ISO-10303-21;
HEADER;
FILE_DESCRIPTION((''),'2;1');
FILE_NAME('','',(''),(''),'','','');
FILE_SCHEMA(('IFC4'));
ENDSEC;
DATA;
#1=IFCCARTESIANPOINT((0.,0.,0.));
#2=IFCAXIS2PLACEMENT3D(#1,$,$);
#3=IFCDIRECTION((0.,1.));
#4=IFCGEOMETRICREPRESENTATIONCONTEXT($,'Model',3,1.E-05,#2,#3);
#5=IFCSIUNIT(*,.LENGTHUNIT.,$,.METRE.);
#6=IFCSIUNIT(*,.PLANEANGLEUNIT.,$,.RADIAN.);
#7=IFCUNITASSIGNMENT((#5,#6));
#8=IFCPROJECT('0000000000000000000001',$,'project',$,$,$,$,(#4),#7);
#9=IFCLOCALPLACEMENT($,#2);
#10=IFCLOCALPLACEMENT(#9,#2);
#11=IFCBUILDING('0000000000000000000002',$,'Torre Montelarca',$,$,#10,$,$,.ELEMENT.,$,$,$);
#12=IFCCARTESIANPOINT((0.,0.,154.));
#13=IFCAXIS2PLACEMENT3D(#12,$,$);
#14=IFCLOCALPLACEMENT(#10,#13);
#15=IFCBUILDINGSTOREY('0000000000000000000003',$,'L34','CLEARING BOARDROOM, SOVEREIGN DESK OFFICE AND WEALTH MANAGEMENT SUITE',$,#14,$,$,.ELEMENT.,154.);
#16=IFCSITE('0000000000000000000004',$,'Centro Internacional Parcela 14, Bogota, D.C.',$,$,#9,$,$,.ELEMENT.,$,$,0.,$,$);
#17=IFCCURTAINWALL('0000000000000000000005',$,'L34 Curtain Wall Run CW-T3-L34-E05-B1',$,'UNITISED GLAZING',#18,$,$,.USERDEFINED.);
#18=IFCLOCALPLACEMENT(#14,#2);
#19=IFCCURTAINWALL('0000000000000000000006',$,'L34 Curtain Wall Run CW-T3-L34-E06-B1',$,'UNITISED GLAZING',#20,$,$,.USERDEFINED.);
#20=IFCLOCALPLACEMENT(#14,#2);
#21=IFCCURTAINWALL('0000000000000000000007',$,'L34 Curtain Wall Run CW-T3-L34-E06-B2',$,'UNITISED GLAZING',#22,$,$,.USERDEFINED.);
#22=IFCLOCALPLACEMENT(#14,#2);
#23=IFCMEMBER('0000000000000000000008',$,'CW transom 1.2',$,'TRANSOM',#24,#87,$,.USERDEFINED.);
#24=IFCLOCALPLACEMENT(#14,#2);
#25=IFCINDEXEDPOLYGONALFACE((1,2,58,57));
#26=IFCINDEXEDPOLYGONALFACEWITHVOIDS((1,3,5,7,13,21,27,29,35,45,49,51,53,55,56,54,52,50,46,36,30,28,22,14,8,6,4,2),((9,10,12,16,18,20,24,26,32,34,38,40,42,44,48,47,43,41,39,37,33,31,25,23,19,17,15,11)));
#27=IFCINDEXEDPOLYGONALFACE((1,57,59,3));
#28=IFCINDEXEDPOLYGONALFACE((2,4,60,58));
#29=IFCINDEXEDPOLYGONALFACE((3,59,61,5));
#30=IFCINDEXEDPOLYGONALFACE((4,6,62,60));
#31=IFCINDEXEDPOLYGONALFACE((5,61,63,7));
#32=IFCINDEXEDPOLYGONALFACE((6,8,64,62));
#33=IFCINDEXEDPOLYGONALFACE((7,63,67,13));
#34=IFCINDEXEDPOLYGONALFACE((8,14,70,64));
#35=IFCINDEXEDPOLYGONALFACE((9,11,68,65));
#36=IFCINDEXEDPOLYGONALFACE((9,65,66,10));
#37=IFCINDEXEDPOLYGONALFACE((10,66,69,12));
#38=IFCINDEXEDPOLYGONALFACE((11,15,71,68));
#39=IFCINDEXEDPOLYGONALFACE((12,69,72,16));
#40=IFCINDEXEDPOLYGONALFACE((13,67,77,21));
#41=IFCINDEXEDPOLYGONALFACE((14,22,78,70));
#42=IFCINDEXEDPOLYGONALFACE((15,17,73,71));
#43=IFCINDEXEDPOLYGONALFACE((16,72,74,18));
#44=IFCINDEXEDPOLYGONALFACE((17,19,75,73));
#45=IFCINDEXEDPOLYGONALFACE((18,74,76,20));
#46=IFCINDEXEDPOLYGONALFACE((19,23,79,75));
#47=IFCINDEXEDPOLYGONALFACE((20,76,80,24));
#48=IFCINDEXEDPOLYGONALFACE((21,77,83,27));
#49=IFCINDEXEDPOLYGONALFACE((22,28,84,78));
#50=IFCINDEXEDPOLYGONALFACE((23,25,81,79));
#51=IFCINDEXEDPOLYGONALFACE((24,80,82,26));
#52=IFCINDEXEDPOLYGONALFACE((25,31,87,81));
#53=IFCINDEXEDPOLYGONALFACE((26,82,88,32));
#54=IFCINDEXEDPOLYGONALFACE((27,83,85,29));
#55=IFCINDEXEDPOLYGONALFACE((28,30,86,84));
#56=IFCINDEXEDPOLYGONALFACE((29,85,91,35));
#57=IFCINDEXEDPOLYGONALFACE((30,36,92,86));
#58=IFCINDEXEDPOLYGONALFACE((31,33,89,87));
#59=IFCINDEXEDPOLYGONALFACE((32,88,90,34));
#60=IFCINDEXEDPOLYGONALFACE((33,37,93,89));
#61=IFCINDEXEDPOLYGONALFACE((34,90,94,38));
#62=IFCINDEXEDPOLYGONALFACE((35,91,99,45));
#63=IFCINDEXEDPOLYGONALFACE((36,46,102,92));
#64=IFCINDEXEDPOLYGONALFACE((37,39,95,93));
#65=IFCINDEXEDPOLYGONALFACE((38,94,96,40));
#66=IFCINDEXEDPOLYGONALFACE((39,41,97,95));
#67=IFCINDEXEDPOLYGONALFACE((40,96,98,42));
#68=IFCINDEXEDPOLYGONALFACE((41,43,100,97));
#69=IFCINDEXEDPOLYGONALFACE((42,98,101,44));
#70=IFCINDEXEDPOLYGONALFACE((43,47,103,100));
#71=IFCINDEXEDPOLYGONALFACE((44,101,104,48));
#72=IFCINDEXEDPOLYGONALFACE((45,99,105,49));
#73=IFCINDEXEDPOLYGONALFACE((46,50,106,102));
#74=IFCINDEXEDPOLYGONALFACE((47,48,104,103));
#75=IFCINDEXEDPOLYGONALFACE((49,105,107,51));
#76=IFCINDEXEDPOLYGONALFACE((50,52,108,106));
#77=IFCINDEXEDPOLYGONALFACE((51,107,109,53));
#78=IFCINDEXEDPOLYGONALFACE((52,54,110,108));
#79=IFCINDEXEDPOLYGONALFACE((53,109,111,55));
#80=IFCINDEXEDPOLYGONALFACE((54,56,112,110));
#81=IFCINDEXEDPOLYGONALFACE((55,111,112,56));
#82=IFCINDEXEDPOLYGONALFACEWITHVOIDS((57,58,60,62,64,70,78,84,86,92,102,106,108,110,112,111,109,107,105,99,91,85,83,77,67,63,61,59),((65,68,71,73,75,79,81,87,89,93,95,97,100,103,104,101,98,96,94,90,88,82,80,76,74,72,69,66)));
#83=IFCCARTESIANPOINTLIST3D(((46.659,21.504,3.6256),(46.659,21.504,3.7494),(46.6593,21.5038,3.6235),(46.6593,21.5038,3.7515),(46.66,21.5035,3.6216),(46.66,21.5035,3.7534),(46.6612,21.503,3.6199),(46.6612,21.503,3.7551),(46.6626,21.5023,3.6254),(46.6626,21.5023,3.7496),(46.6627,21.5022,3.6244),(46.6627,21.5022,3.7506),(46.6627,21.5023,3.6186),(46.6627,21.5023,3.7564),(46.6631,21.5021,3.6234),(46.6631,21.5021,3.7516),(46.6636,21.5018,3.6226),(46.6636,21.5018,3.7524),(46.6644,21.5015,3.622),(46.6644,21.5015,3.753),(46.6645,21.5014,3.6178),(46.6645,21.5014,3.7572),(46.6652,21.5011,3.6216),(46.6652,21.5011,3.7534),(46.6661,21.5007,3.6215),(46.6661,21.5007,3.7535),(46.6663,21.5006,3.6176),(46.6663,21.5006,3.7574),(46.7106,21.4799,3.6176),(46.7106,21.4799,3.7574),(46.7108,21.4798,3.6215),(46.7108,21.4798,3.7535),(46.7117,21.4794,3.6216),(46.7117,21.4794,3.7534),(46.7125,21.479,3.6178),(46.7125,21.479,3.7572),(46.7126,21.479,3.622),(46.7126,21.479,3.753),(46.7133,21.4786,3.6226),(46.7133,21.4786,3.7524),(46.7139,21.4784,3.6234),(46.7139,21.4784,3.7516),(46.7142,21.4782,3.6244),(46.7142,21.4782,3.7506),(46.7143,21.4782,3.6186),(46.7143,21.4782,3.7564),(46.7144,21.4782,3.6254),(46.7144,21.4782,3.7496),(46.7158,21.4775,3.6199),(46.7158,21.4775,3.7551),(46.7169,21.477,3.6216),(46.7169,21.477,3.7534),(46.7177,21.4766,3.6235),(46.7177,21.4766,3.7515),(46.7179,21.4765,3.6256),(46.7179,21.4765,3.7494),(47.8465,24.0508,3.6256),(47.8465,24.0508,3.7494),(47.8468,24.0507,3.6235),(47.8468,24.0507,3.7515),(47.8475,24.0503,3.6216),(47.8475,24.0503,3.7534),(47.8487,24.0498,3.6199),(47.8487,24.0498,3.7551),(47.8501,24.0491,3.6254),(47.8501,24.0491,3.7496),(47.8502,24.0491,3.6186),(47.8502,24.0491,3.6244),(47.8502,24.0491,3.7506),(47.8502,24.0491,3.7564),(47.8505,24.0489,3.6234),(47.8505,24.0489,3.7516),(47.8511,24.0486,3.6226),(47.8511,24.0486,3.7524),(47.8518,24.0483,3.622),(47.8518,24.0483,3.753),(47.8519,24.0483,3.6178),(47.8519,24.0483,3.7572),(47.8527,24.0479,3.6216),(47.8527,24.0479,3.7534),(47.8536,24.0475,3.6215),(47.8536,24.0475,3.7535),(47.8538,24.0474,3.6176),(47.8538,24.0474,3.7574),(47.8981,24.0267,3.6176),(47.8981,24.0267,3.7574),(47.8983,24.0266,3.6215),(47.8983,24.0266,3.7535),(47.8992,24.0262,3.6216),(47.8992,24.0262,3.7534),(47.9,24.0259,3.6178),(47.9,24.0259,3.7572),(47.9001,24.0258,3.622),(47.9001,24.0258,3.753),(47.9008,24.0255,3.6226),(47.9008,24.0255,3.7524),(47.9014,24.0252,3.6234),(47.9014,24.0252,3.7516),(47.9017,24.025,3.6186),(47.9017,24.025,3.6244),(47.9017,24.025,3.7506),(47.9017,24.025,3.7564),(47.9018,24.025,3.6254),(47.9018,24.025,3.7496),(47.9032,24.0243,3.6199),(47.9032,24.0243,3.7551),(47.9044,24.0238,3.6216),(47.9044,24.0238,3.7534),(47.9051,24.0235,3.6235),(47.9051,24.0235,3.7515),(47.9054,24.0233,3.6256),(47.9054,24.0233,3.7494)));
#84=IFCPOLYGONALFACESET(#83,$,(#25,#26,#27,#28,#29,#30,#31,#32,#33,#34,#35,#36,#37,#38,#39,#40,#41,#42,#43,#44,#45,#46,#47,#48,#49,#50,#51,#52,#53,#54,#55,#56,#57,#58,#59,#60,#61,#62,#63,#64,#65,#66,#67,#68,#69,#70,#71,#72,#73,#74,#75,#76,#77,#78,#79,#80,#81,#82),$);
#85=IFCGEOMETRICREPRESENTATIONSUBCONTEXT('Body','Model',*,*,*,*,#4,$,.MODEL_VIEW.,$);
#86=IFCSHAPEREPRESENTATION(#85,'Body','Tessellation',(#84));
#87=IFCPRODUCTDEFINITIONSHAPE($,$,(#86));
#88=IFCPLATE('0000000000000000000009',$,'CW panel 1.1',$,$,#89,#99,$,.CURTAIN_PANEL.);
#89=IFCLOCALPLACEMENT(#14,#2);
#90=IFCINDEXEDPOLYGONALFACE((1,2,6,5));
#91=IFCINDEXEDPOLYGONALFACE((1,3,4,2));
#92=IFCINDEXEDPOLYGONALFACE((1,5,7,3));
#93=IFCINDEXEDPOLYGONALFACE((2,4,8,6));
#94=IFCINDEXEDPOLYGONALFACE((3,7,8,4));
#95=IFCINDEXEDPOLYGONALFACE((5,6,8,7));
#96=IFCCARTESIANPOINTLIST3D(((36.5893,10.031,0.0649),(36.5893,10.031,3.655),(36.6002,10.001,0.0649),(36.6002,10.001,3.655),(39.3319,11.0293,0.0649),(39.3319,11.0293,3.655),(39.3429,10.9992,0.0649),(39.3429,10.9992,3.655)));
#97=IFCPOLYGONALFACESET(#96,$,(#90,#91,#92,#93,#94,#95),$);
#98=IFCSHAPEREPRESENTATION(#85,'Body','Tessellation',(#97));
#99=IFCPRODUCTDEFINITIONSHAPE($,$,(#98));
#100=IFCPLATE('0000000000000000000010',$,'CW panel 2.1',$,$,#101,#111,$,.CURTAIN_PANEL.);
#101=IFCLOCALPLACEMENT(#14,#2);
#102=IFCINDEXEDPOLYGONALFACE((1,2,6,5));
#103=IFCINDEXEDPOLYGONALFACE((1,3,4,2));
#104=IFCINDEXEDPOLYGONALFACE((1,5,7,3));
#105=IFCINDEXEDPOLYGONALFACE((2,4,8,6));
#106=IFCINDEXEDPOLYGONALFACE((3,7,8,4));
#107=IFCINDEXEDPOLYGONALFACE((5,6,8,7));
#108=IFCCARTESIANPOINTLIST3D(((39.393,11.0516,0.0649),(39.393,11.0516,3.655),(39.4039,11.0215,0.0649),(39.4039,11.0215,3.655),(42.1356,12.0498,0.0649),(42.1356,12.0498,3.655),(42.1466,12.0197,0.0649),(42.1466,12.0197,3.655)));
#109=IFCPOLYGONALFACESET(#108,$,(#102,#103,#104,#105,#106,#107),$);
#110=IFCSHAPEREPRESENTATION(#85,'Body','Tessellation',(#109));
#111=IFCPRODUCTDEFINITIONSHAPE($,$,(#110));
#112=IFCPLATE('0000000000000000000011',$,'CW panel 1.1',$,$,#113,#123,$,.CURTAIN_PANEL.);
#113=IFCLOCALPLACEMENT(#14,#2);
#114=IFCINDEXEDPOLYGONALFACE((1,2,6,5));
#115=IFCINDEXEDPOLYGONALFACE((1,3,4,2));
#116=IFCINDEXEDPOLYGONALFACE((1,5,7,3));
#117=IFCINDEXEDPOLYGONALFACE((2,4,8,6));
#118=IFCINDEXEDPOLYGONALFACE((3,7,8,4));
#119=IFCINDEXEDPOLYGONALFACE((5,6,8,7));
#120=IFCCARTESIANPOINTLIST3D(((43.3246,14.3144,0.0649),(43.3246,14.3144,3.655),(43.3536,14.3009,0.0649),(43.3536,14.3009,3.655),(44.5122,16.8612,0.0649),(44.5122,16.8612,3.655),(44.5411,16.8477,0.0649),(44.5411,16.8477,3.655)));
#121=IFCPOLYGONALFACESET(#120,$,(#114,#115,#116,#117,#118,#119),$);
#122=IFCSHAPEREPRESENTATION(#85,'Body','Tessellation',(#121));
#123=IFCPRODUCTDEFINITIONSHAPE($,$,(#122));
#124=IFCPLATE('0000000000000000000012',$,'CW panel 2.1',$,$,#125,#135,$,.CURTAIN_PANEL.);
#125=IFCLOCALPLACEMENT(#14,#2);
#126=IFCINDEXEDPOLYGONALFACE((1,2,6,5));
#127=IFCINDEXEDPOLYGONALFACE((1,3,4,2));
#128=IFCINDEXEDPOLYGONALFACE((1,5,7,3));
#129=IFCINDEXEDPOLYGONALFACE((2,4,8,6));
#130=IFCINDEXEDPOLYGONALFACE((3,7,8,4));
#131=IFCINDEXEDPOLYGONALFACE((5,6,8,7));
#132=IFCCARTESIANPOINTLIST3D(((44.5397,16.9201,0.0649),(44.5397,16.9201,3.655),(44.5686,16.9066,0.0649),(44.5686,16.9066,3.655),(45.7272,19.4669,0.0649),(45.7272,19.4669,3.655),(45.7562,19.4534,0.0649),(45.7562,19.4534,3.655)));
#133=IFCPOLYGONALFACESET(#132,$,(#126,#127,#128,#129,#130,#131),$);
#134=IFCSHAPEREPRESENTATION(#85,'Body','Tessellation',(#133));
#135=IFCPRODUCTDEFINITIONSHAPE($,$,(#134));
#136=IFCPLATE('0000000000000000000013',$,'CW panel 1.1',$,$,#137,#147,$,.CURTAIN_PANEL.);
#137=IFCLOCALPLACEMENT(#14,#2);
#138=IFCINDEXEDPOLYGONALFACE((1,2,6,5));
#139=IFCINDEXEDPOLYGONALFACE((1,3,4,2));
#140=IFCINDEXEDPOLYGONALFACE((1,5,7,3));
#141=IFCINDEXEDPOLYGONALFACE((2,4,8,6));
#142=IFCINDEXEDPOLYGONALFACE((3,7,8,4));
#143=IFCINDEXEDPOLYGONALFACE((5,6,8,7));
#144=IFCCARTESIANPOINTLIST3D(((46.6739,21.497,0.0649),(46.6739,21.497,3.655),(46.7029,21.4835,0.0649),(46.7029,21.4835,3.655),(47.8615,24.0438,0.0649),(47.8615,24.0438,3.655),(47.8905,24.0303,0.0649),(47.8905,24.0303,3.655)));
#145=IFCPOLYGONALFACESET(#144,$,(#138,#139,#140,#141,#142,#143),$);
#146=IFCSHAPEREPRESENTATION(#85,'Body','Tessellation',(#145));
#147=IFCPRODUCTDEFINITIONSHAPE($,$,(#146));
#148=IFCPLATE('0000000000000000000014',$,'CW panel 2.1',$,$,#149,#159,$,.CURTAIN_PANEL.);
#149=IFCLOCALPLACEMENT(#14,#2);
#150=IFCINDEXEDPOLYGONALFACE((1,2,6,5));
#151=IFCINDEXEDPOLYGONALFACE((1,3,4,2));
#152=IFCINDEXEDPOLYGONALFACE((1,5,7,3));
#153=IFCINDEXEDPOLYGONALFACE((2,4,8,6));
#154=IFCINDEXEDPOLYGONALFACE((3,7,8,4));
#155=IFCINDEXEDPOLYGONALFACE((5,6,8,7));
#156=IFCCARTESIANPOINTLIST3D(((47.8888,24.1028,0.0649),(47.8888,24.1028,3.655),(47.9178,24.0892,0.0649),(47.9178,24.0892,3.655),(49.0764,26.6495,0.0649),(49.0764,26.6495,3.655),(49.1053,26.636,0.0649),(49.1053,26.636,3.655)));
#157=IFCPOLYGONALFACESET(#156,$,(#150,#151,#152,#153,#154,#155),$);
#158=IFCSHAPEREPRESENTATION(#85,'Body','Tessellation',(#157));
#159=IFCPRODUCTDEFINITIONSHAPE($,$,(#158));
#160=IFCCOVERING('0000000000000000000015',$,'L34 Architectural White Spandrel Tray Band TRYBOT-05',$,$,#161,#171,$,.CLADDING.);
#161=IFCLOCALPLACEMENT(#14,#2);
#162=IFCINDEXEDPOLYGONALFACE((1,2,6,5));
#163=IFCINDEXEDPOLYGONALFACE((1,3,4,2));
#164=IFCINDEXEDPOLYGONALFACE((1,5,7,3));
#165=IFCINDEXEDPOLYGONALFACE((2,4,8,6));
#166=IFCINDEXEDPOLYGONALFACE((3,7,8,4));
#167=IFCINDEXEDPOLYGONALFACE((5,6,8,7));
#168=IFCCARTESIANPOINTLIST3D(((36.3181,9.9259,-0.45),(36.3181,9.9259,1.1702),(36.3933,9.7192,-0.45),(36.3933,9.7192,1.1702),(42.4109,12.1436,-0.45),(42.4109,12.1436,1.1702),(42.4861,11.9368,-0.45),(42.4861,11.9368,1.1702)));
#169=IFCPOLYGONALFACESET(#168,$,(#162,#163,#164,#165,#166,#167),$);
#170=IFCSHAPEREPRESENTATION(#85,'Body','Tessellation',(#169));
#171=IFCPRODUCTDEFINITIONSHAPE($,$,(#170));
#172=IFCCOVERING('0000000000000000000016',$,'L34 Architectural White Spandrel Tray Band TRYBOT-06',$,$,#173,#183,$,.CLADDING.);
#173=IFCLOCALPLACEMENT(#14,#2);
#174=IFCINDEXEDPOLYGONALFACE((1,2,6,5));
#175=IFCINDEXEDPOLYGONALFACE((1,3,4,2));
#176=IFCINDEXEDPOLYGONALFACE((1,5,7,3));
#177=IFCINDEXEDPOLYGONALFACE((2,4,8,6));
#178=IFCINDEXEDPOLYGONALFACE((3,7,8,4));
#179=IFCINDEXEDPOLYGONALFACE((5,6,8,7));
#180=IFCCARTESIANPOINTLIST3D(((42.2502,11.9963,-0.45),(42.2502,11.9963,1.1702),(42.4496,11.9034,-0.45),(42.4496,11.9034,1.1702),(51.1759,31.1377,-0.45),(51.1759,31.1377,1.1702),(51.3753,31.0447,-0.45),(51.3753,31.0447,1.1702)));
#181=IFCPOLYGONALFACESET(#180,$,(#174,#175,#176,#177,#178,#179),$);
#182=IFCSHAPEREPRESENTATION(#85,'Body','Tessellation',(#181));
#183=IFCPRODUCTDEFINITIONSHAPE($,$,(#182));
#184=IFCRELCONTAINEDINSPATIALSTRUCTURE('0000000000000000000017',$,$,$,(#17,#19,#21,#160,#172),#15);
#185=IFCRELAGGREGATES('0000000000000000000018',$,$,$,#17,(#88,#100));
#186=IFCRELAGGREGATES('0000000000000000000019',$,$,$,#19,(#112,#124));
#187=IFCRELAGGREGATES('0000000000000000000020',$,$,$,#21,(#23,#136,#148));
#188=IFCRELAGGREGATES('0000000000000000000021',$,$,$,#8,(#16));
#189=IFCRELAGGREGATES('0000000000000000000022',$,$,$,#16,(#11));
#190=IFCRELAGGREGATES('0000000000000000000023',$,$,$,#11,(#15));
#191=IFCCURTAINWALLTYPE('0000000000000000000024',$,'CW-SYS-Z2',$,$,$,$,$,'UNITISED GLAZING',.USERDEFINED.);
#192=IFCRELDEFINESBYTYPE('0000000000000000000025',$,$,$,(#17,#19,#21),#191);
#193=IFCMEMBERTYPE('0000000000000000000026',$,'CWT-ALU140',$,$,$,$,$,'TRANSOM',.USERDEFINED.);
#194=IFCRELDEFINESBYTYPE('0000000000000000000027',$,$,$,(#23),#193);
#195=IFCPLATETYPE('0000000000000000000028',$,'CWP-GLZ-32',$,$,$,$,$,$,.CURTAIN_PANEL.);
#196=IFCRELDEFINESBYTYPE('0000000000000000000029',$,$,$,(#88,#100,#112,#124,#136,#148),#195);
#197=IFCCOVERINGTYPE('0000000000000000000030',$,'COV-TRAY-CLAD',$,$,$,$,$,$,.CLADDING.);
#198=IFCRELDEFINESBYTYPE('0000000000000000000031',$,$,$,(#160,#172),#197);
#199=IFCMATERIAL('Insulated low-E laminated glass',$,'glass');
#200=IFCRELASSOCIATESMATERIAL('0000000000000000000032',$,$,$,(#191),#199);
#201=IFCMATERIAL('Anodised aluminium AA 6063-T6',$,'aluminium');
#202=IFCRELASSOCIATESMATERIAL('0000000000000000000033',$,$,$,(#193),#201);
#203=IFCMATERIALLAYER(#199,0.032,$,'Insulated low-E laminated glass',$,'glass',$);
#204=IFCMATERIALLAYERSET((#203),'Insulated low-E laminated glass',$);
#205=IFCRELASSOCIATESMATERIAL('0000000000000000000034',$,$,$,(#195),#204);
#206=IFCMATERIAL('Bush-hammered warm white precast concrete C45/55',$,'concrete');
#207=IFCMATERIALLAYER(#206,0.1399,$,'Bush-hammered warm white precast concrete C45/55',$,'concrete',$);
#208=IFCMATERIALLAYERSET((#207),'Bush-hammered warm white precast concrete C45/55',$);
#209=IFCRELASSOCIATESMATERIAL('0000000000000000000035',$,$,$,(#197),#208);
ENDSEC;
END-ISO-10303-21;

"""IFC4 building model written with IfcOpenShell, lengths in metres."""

from ifc_helpers import new_model, si_unit, direction, frame, origin, origin_2d, place, context, subcontext, project, spatial, rectangle, hollow_rectangle, extrude, source, transform, mapped, material, layer, layer_set, material_profile, profile_set, type_object, element, aggregate, save


model = new_model("IFC4")

# Units and contexts
model_context = context("Model", 3, precision=1e-05, world=origin(), true_north=direction((0.0, 1.0)))
body_context = subcontext(model_context, "Body", "Model", "MODEL_VIEW")
ifc_project = project(units=[si_unit("LENGTHUNIT", "METRE"), si_unit("PLANEANGLEUNIT", "RADIAN")], contexts=[model_context])

# Site, building, storey
site_placement = place(None, origin())
site = spatial("IfcSite", under=ifc_project, at=site_placement, Name="Centro Internacional Parcela 14, Bogota, D.C.", CompositionType="ELEMENT", RefElevation=0.0)
building_placement = place(site_placement, origin())
building = spatial("IfcBuilding", under=site, at=building_placement, Name="Torre Montelarca", CompositionType="ELEMENT")
storey_placement = place(building_placement, frame((0.0, 0.0, 154.0)))
storey = spatial("IfcBuildingStorey", under=building, at=storey_placement, Name="L34", Description="CLEARING BOARDROOM, SOVEREIGN DESK OFFICE AND WEALTH MANAGEMENT SUITE", CompositionType="ELEMENT", Elevation=154.0)

# Curtain walls
ifc_material_1 = material(Name="Insulated low-E laminated glass", Category="glass")
curtain_wall_type = type_object("IfcCurtainWallType", Name="CW-SYS-Z2", ElementType="UNITISED GLAZING", PredefinedType="USERDEFINED", material=ifc_material_1)
curtain_wall_1_placement = place(storey_placement, origin())
curtain_wall_1 = element("IfcCurtainWall", 1, at=curtain_wall_1_placement, inside=storey, type_object=curtain_wall_type, Name="L34 Curtain Wall Run CW-T3-L34-E05-B1", ObjectType="UNITISED GLAZING", PredefinedType="USERDEFINED")
ifc_material_2 = material(Name="Anodised aluminium AA 6063-T6", Category="aluminium")
ifc_material_profile_1 = material_profile(ifc_material_2, hollow_rectangle(XDim=0.0649, YDim=0.1399, WallThickness=0.0039, InnerFilletRadius=0.0039, OuterFilletRadius=0.0081, at=origin_2d()), Name="ALU65X140X4", Category="aluminium")
ifc_profile_set_1 = profile_set([ifc_material_profile_1], Name="Anodised aluminium AA 6063-T6")
member_type_1 = type_object("IfcMemberType", Name="CWT-ALU140", ElementType="TRANSOM", PredefinedType="USERDEFINED", material=ifc_profile_set_1)
curtain_wall_2_placement = place(storey_placement, origin())
curtain_wall_2 = element("IfcCurtainWall", 2, at=curtain_wall_2_placement, inside=storey, type_object=curtain_wall_type, Name="L34 Curtain Wall Run CW-T3-L34-E06-B1", ObjectType="UNITISED GLAZING", PredefinedType="USERDEFINED")
curtain_wall_3_placement = place(storey_placement, origin())
curtain_wall_3 = element("IfcCurtainWall", 3, at=curtain_wall_3_placement, inside=storey, type_object=curtain_wall_type, Name="L34 Curtain Wall Run CW-T3-L34-E06-B2", ObjectType="UNITISED GLAZING", PredefinedType="USERDEFINED")

# Member
shared_shape_1 = source(origin(), body_context, "Body", "SweptSolid", [
    extrude(hollow_rectangle(XDim=0.0649, YDim=0.1399, WallThickness=0.0039, InnerFilletRadius=0.0039, OuterFilletRadius=0.0081, at=origin_2d()), origin(), (0.0, 0.0, 1.0), 2.8101),
])
member_1_placement = place(storey_placement, frame((46.6885, 21.4902, 3.6875), z_axis=(0.422581, 0.906325, 0.0), x_axis=(-0.906325, 0.422581, 0.0)))
member_1 = element("IfcMember", 4, at=member_1_placement, type_object=member_type_1, Name="CW transom 1.2", ObjectType="TRANSOM", PredefinedType="USERDEFINED", context=body_context, shape_type="MappedRepresentation", body=[
    mapped(shared_shape_1, transform((0.0, 0.0, 0.0), scale=1.0)),
])

# Plates
ifc_layer_1 = layer(ifc_material_1, 0.032, Name="Insulated low-E laminated glass", Category="glass")
ifc_layer_set_1 = layer_set([ifc_layer_1], Name="Insulated low-E laminated glass")
plate_type = type_object("IfcPlateType", Name="CWP-GLZ-32", PredefinedType="CURTAIN_PANEL", material=ifc_layer_set_1)
shared_shape_2 = source(origin(), body_context, "Body", "SweptSolid", [
    extrude(rectangle(XDim=2.9187, YDim=0.032, at=origin_2d()), origin(), (0.0, 0.0, 1.0), 3.5901),
])
plate_1_placement = place(storey_placement, frame((37.9661, 10.5151, 0.0649), z_axis=(0.0, 0.0, 1.0), x_axis=(0.939694, 0.342016, 0.0)))
plate_1 = element("IfcPlate", 5, at=plate_1_placement, type_object=plate_type, Name="CW panel 1.1", PredefinedType="CURTAIN_PANEL", context=body_context, shape_type="MappedRepresentation", body=[
    mapped(shared_shape_2, transform((0.0, 0.0, 0.0), scale=1.0)),
])
plate_2_placement = place(storey_placement, frame((40.7698, 11.5356, 0.0649), z_axis=(0.0, 0.0, 1.0), x_axis=(0.939694, 0.342016, 0.0)))
plate_2 = element("IfcPlate", 6, at=plate_2_placement, type_object=plate_type, Name="CW panel 2.1", PredefinedType="CURTAIN_PANEL", context=body_context, shape_type="MappedRepresentation", body=[
    mapped(shared_shape_2, transform((0.0, 0.0, 0.0), scale=1.0)),
])
aggregate(curtain_wall_1, [plate_1, plate_2])
shared_shape_3 = source(origin(), body_context, "Body", "SweptSolid", [
    extrude(rectangle(XDim=2.8101, YDim=0.032, at=origin_2d()), origin(), (0.0, 0.0, 1.0), 3.5901),
])
plate_3_placement = place(storey_placement, frame((43.9329, 15.5811, 0.0649), z_axis=(0.0, 0.0, 1.0), x_axis=(0.42262, 0.906307, 0.0)))
plate_3 = element("IfcPlate", 7, at=plate_3_placement, type_object=plate_type, Name="CW panel 1.1", PredefinedType="CURTAIN_PANEL", context=body_context, shape_type="MappedRepresentation", body=[
    mapped(shared_shape_3, transform((0.0, 0.0, 0.0), scale=1.0)),
])
plate_4_placement = place(storey_placement, frame((45.1479, 18.1868, 0.0649), z_axis=(0.0, 0.0, 1.0), x_axis=(0.42262, 0.906307, 0.0)))
plate_4 = element("IfcPlate", 8, at=plate_4_placement, type_object=plate_type, Name="CW panel 2.1", PredefinedType="CURTAIN_PANEL", context=body_context, shape_type="MappedRepresentation", body=[
    mapped(shared_shape_3, transform((0.0, 0.0, 0.0), scale=1.0)),
])
aggregate(curtain_wall_2, [plate_3, plate_4])
plate_5_placement = place(storey_placement, frame((47.2822, 22.7637, 0.0649), z_axis=(0.0, 0.0, 1.0), x_axis=(0.422613, 0.90631, 0.0)))
plate_5 = element("IfcPlate", 9, at=plate_5_placement, type_object=plate_type, Name="CW panel 1.1", PredefinedType="CURTAIN_PANEL", context=body_context, shape_type="MappedRepresentation", body=[
    mapped(shared_shape_3, transform((0.0, 0.0, 0.0), scale=1.0)),
])
plate_6_placement = place(storey_placement, frame((48.4971, 25.3694, 0.0649), z_axis=(0.0, 0.0, 1.0), x_axis=(0.422613, 0.90631, 0.0)))
plate_6 = element("IfcPlate", 10, at=plate_6_placement, type_object=plate_type, Name="CW panel 2.1", PredefinedType="CURTAIN_PANEL", context=body_context, shape_type="MappedRepresentation", body=[
    mapped(shared_shape_3, transform((0.0, 0.0, 0.0), scale=1.0)),
])
aggregate(curtain_wall_3, [member_1, plate_5, plate_6])

# Coverings
ifc_material_3 = material(Name="Bush-hammered warm white precast concrete C45/55", Category="concrete")
ifc_layer_2 = layer(ifc_material_3, 0.1399, Name="Bush-hammered warm white precast concrete C45/55", Category="concrete")
ifc_layer_set_2 = layer_set([ifc_layer_2], Name="Bush-hammered warm white precast concrete C45/55")
covering_type = type_object("IfcCoveringType", Name="COV-TRAY-CLAD", PredefinedType="CLADDING", material=ifc_layer_set_2)
shared_shape_4 = source(origin(), body_context, "Body", "SweptSolid", [
    extrude(rectangle(XDim=6.4839, YDim=0.22, at=origin_2d()), origin(), (0.0, 0.0, 1.0), 1.6201),
])
covering_1_placement = place(storey_placement, frame((39.4021, 10.9314, -0.45), z_axis=(0.0, 0.0, 1.0), x_axis=(0.939693, 0.342019, 0.0)))
element("IfcCovering", 11, at=covering_1_placement, inside=storey, type_object=covering_type, Name="L34 Architectural White Spandrel Tray Band TRYBOT-05", PredefinedType="CLADDING", context=body_context, shape_type="MappedRepresentation", body=[
    mapped(shared_shape_4, transform((0.0, 0.0, 0.0), scale=1.0)),
])
shared_shape_5 = source(origin(), body_context, "Body", "SweptSolid", [
    extrude(rectangle(XDim=21.1201, YDim=0.22, at=origin_2d()), origin(), (0.0, 0.0, 1.0), 1.6201),
])
covering_2_placement = place(storey_placement, frame((46.8127, 21.5205, -0.45), z_axis=(0.0, 0.0, 1.0), x_axis=(0.422618, 0.906308, 0.0)))
element("IfcCovering", 12, at=covering_2_placement, inside=storey, type_object=covering_type, Name="L34 Architectural White Spandrel Tray Band TRYBOT-06", PredefinedType="CLADDING", context=body_context, shape_type="MappedRepresentation", body=[
    mapped(shared_shape_5, transform((0.0, 0.0, 0.0), scale=1.0)),
])

save(model, "model.ifc")
